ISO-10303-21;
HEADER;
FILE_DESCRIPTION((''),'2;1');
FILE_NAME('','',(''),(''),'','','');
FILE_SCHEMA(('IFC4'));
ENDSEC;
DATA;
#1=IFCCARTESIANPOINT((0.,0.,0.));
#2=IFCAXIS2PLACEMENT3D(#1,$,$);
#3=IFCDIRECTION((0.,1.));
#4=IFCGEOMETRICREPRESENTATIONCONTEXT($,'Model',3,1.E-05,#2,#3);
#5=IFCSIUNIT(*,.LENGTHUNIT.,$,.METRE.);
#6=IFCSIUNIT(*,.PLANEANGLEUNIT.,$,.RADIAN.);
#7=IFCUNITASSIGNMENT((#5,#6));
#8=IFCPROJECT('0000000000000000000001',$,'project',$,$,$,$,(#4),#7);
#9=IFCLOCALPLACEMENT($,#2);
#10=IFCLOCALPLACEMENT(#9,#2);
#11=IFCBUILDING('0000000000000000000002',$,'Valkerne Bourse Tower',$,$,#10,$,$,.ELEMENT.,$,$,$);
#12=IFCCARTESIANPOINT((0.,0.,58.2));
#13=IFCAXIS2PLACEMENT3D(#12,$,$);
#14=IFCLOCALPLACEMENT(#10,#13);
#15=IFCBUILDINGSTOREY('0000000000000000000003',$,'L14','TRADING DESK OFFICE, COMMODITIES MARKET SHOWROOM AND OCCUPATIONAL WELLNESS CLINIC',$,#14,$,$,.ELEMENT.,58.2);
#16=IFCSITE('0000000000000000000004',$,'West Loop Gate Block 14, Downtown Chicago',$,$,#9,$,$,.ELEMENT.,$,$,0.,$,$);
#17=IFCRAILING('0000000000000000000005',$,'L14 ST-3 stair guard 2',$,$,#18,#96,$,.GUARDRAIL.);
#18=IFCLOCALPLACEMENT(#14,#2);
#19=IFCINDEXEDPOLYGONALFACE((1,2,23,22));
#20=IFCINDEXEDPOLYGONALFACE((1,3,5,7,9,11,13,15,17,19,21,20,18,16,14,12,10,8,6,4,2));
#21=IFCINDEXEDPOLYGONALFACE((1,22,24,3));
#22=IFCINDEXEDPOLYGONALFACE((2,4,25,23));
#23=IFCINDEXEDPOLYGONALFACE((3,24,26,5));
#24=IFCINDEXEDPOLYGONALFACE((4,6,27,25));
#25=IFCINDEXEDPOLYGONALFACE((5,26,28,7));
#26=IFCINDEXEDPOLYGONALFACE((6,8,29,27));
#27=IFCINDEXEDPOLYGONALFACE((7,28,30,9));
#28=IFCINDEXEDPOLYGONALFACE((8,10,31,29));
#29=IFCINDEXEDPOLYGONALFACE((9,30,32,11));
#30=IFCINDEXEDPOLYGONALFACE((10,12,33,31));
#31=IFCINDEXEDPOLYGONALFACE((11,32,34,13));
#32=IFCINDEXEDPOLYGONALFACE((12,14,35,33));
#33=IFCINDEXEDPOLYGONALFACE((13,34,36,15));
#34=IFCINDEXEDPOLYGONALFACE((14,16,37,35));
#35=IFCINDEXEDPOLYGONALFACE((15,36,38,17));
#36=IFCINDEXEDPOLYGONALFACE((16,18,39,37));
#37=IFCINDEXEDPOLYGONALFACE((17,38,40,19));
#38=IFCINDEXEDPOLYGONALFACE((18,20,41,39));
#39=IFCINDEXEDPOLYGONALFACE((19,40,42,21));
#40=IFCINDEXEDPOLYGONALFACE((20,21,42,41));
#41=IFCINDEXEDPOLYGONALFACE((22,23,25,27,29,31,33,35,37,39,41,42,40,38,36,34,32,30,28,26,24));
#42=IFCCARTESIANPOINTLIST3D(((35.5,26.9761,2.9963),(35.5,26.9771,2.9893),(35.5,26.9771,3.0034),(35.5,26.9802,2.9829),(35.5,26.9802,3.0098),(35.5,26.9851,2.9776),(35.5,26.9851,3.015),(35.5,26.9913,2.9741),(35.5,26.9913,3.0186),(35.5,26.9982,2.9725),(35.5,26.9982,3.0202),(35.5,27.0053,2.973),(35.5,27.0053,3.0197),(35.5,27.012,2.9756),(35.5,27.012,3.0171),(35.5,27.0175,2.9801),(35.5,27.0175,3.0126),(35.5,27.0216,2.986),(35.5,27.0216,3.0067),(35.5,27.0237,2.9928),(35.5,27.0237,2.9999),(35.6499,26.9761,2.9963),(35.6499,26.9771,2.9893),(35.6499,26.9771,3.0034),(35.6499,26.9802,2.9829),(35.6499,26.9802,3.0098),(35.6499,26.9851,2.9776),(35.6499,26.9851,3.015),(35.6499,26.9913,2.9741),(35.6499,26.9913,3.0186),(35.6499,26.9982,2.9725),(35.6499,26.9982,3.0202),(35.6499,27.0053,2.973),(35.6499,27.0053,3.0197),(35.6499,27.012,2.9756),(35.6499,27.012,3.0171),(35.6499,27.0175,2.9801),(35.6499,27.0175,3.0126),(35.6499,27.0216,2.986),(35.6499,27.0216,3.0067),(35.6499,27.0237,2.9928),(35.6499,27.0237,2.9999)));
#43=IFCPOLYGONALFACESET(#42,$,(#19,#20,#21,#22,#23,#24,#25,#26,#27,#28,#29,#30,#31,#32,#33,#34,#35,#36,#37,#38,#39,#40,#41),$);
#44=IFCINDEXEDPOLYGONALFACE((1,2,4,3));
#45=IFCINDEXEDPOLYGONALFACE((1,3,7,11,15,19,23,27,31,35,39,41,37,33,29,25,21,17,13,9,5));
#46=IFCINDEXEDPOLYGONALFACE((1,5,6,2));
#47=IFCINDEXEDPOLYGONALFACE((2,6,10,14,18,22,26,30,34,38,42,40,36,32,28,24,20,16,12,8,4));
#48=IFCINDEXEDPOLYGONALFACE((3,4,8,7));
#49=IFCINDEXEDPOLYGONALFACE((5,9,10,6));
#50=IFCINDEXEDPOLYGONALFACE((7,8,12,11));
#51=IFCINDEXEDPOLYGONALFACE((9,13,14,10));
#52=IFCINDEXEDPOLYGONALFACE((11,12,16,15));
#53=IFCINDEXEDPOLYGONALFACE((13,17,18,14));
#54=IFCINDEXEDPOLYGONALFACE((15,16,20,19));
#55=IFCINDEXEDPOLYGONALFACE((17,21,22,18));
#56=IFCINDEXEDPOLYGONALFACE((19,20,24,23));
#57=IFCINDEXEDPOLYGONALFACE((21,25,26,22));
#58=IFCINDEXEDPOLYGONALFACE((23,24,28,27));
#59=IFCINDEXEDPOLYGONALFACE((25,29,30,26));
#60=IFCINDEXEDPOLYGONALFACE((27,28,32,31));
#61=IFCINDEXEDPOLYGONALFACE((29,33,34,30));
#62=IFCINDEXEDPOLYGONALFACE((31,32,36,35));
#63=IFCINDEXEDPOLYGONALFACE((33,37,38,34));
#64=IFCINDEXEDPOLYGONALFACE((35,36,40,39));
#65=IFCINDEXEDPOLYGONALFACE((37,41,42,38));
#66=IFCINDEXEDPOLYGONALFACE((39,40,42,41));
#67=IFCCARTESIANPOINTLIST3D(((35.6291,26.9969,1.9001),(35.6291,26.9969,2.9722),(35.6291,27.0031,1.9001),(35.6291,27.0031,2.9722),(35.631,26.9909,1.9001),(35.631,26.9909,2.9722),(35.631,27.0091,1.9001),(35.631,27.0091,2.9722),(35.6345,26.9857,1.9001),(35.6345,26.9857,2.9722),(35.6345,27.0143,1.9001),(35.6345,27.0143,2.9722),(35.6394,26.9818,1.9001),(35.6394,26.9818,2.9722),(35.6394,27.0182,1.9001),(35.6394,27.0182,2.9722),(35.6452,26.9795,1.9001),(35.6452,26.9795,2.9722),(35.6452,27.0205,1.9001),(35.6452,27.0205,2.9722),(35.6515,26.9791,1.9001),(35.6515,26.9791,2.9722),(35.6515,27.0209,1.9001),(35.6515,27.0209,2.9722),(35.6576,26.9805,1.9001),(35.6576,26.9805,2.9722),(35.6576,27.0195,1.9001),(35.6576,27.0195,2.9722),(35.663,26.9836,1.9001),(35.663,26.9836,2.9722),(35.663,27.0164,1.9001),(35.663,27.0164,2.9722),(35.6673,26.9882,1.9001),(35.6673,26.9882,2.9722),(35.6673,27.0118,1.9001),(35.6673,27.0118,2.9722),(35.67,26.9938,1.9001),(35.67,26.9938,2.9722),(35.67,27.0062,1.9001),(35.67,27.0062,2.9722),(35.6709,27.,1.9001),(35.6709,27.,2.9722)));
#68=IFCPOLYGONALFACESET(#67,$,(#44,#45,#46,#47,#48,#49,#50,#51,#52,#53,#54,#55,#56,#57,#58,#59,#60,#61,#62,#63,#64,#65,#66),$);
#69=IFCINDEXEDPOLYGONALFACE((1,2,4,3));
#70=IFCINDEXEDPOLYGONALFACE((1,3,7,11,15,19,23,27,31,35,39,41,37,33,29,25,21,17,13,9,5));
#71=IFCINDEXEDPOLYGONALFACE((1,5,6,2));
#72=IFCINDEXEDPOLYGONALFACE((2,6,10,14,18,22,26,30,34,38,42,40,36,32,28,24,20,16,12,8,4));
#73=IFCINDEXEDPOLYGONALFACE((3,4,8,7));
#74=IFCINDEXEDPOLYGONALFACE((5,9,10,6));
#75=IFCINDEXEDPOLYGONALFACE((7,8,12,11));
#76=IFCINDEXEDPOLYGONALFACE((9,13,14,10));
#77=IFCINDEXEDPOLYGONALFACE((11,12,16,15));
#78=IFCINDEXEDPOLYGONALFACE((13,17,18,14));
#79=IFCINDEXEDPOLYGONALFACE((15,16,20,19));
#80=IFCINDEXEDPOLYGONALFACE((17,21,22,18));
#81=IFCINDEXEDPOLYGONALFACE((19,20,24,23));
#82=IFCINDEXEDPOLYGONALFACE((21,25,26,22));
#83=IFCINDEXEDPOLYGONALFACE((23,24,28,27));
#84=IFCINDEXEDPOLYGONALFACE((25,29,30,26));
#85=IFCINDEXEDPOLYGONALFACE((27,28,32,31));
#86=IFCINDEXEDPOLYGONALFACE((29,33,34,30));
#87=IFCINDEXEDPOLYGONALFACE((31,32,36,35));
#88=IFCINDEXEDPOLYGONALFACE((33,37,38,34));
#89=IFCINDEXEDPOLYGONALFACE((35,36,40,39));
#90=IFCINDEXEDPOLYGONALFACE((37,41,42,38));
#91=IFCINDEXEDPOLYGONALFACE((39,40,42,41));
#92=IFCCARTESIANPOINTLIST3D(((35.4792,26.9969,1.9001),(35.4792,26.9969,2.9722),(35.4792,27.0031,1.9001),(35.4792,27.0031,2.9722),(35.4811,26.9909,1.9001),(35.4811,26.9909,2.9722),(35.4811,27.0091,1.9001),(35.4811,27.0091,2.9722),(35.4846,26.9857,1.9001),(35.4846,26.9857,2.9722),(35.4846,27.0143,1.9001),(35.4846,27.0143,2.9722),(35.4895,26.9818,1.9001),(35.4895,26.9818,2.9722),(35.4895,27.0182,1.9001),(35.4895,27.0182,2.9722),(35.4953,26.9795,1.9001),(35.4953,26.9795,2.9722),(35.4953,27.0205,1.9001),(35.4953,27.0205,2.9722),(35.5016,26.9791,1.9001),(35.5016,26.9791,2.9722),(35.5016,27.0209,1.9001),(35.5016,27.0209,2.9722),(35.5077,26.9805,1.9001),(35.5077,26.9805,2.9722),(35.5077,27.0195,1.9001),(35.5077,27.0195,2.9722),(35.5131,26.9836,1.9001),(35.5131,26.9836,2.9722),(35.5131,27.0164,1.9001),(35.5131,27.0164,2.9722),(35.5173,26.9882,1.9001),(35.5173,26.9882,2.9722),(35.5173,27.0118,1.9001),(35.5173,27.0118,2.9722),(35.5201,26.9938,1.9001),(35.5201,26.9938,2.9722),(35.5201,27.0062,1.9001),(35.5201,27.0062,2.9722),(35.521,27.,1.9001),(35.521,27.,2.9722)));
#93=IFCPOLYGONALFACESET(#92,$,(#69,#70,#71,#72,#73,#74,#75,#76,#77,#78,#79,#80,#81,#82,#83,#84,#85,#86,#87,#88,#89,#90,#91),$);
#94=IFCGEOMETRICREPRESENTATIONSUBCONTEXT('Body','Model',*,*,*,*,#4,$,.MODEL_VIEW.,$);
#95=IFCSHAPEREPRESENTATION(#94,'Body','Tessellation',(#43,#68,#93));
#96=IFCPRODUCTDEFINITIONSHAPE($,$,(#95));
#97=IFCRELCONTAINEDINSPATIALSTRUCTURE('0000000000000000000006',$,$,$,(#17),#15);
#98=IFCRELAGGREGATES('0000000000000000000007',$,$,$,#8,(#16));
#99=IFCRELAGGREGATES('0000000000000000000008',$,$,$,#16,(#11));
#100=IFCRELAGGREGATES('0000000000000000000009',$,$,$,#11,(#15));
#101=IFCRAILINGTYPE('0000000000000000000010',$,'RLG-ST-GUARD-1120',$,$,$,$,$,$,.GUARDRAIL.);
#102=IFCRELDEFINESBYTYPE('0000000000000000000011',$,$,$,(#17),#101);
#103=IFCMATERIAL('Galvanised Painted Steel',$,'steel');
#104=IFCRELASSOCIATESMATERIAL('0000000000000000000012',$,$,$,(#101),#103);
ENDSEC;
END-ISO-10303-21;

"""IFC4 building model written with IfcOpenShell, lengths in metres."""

from ifc_helpers import new_model, si_unit, direction, frame, origin, origin_2d, place, context, subcontext, project, spatial, circle, extrude, material, type_object, element, save


model = new_model("IFC4")

# Units and contexts
model_context = context("Model", 3, precision=1e-05, world=origin(), true_north=direction((0.0, 1.0)))
body_context = subcontext(model_context, "Body", "Model", "MODEL_VIEW")
ifc_project = project(units=[si_unit("LENGTHUNIT", "METRE"), si_unit("PLANEANGLEUNIT", "RADIAN")], contexts=[model_context])

# Site, building, storey
site_placement = place(None, origin())
site = spatial("IfcSite", under=ifc_project, at=site_placement, Name="West Loop Gate Block 14, Downtown Chicago", CompositionType="ELEMENT", RefElevation=0.0)
building_placement = place(site_placement, origin())
building = spatial("IfcBuilding", under=site, at=building_placement, Name="Valkerne Bourse Tower", CompositionType="ELEMENT")
storey_placement = place(building_placement, frame((0.0, 0.0, 58.2)))
storey = spatial("IfcBuildingStorey", under=building, at=storey_placement, Name="L14", Description="TRADING DESK OFFICE, COMMODITIES MARKET SHOWROOM AND OCCUPATIONAL WELLNESS CLINIC", CompositionType="ELEMENT", Elevation=58.2)

# Railing
ifc_material_1 = material(Name="Galvanised Painted Steel", Category="steel")
railing_type_1 = type_object("IfcRailingType", Name="RLG-ST-GUARD-1120", PredefinedType="GUARDRAIL", material=ifc_material_1)
railing_1_placement = place(storey_placement, frame((35.6499, 27.0, 1.9001)))
element("IfcRailing", 1, at=railing_1_placement, inside=storey, type_object=railing_type_1, Name="L14 ST-3 stair guard 2", PredefinedType="GUARDRAIL", context=body_context, shape_type="SweptSolid", body=[
    extrude(circle(Radius=0.0239, at=origin_2d()), frame((0.0, 0.0, 1.0962), z_axis=(-1.0, 0.0, 0.0), x_axis=(0.0, -1.0, 0.0)), (0.0, 0.0, 1.0), 0.1499),
    extrude(circle(Radius=0.021, at=origin_2d()), origin(), (0.0, 0.0, 1.0), 1.072),
    extrude(circle(Radius=0.021, at=origin_2d()), frame((-0.1499, 0.0, 0.0)), (0.0, 0.0, 1.0), 1.072),
])

save(model, "model.ifc")
